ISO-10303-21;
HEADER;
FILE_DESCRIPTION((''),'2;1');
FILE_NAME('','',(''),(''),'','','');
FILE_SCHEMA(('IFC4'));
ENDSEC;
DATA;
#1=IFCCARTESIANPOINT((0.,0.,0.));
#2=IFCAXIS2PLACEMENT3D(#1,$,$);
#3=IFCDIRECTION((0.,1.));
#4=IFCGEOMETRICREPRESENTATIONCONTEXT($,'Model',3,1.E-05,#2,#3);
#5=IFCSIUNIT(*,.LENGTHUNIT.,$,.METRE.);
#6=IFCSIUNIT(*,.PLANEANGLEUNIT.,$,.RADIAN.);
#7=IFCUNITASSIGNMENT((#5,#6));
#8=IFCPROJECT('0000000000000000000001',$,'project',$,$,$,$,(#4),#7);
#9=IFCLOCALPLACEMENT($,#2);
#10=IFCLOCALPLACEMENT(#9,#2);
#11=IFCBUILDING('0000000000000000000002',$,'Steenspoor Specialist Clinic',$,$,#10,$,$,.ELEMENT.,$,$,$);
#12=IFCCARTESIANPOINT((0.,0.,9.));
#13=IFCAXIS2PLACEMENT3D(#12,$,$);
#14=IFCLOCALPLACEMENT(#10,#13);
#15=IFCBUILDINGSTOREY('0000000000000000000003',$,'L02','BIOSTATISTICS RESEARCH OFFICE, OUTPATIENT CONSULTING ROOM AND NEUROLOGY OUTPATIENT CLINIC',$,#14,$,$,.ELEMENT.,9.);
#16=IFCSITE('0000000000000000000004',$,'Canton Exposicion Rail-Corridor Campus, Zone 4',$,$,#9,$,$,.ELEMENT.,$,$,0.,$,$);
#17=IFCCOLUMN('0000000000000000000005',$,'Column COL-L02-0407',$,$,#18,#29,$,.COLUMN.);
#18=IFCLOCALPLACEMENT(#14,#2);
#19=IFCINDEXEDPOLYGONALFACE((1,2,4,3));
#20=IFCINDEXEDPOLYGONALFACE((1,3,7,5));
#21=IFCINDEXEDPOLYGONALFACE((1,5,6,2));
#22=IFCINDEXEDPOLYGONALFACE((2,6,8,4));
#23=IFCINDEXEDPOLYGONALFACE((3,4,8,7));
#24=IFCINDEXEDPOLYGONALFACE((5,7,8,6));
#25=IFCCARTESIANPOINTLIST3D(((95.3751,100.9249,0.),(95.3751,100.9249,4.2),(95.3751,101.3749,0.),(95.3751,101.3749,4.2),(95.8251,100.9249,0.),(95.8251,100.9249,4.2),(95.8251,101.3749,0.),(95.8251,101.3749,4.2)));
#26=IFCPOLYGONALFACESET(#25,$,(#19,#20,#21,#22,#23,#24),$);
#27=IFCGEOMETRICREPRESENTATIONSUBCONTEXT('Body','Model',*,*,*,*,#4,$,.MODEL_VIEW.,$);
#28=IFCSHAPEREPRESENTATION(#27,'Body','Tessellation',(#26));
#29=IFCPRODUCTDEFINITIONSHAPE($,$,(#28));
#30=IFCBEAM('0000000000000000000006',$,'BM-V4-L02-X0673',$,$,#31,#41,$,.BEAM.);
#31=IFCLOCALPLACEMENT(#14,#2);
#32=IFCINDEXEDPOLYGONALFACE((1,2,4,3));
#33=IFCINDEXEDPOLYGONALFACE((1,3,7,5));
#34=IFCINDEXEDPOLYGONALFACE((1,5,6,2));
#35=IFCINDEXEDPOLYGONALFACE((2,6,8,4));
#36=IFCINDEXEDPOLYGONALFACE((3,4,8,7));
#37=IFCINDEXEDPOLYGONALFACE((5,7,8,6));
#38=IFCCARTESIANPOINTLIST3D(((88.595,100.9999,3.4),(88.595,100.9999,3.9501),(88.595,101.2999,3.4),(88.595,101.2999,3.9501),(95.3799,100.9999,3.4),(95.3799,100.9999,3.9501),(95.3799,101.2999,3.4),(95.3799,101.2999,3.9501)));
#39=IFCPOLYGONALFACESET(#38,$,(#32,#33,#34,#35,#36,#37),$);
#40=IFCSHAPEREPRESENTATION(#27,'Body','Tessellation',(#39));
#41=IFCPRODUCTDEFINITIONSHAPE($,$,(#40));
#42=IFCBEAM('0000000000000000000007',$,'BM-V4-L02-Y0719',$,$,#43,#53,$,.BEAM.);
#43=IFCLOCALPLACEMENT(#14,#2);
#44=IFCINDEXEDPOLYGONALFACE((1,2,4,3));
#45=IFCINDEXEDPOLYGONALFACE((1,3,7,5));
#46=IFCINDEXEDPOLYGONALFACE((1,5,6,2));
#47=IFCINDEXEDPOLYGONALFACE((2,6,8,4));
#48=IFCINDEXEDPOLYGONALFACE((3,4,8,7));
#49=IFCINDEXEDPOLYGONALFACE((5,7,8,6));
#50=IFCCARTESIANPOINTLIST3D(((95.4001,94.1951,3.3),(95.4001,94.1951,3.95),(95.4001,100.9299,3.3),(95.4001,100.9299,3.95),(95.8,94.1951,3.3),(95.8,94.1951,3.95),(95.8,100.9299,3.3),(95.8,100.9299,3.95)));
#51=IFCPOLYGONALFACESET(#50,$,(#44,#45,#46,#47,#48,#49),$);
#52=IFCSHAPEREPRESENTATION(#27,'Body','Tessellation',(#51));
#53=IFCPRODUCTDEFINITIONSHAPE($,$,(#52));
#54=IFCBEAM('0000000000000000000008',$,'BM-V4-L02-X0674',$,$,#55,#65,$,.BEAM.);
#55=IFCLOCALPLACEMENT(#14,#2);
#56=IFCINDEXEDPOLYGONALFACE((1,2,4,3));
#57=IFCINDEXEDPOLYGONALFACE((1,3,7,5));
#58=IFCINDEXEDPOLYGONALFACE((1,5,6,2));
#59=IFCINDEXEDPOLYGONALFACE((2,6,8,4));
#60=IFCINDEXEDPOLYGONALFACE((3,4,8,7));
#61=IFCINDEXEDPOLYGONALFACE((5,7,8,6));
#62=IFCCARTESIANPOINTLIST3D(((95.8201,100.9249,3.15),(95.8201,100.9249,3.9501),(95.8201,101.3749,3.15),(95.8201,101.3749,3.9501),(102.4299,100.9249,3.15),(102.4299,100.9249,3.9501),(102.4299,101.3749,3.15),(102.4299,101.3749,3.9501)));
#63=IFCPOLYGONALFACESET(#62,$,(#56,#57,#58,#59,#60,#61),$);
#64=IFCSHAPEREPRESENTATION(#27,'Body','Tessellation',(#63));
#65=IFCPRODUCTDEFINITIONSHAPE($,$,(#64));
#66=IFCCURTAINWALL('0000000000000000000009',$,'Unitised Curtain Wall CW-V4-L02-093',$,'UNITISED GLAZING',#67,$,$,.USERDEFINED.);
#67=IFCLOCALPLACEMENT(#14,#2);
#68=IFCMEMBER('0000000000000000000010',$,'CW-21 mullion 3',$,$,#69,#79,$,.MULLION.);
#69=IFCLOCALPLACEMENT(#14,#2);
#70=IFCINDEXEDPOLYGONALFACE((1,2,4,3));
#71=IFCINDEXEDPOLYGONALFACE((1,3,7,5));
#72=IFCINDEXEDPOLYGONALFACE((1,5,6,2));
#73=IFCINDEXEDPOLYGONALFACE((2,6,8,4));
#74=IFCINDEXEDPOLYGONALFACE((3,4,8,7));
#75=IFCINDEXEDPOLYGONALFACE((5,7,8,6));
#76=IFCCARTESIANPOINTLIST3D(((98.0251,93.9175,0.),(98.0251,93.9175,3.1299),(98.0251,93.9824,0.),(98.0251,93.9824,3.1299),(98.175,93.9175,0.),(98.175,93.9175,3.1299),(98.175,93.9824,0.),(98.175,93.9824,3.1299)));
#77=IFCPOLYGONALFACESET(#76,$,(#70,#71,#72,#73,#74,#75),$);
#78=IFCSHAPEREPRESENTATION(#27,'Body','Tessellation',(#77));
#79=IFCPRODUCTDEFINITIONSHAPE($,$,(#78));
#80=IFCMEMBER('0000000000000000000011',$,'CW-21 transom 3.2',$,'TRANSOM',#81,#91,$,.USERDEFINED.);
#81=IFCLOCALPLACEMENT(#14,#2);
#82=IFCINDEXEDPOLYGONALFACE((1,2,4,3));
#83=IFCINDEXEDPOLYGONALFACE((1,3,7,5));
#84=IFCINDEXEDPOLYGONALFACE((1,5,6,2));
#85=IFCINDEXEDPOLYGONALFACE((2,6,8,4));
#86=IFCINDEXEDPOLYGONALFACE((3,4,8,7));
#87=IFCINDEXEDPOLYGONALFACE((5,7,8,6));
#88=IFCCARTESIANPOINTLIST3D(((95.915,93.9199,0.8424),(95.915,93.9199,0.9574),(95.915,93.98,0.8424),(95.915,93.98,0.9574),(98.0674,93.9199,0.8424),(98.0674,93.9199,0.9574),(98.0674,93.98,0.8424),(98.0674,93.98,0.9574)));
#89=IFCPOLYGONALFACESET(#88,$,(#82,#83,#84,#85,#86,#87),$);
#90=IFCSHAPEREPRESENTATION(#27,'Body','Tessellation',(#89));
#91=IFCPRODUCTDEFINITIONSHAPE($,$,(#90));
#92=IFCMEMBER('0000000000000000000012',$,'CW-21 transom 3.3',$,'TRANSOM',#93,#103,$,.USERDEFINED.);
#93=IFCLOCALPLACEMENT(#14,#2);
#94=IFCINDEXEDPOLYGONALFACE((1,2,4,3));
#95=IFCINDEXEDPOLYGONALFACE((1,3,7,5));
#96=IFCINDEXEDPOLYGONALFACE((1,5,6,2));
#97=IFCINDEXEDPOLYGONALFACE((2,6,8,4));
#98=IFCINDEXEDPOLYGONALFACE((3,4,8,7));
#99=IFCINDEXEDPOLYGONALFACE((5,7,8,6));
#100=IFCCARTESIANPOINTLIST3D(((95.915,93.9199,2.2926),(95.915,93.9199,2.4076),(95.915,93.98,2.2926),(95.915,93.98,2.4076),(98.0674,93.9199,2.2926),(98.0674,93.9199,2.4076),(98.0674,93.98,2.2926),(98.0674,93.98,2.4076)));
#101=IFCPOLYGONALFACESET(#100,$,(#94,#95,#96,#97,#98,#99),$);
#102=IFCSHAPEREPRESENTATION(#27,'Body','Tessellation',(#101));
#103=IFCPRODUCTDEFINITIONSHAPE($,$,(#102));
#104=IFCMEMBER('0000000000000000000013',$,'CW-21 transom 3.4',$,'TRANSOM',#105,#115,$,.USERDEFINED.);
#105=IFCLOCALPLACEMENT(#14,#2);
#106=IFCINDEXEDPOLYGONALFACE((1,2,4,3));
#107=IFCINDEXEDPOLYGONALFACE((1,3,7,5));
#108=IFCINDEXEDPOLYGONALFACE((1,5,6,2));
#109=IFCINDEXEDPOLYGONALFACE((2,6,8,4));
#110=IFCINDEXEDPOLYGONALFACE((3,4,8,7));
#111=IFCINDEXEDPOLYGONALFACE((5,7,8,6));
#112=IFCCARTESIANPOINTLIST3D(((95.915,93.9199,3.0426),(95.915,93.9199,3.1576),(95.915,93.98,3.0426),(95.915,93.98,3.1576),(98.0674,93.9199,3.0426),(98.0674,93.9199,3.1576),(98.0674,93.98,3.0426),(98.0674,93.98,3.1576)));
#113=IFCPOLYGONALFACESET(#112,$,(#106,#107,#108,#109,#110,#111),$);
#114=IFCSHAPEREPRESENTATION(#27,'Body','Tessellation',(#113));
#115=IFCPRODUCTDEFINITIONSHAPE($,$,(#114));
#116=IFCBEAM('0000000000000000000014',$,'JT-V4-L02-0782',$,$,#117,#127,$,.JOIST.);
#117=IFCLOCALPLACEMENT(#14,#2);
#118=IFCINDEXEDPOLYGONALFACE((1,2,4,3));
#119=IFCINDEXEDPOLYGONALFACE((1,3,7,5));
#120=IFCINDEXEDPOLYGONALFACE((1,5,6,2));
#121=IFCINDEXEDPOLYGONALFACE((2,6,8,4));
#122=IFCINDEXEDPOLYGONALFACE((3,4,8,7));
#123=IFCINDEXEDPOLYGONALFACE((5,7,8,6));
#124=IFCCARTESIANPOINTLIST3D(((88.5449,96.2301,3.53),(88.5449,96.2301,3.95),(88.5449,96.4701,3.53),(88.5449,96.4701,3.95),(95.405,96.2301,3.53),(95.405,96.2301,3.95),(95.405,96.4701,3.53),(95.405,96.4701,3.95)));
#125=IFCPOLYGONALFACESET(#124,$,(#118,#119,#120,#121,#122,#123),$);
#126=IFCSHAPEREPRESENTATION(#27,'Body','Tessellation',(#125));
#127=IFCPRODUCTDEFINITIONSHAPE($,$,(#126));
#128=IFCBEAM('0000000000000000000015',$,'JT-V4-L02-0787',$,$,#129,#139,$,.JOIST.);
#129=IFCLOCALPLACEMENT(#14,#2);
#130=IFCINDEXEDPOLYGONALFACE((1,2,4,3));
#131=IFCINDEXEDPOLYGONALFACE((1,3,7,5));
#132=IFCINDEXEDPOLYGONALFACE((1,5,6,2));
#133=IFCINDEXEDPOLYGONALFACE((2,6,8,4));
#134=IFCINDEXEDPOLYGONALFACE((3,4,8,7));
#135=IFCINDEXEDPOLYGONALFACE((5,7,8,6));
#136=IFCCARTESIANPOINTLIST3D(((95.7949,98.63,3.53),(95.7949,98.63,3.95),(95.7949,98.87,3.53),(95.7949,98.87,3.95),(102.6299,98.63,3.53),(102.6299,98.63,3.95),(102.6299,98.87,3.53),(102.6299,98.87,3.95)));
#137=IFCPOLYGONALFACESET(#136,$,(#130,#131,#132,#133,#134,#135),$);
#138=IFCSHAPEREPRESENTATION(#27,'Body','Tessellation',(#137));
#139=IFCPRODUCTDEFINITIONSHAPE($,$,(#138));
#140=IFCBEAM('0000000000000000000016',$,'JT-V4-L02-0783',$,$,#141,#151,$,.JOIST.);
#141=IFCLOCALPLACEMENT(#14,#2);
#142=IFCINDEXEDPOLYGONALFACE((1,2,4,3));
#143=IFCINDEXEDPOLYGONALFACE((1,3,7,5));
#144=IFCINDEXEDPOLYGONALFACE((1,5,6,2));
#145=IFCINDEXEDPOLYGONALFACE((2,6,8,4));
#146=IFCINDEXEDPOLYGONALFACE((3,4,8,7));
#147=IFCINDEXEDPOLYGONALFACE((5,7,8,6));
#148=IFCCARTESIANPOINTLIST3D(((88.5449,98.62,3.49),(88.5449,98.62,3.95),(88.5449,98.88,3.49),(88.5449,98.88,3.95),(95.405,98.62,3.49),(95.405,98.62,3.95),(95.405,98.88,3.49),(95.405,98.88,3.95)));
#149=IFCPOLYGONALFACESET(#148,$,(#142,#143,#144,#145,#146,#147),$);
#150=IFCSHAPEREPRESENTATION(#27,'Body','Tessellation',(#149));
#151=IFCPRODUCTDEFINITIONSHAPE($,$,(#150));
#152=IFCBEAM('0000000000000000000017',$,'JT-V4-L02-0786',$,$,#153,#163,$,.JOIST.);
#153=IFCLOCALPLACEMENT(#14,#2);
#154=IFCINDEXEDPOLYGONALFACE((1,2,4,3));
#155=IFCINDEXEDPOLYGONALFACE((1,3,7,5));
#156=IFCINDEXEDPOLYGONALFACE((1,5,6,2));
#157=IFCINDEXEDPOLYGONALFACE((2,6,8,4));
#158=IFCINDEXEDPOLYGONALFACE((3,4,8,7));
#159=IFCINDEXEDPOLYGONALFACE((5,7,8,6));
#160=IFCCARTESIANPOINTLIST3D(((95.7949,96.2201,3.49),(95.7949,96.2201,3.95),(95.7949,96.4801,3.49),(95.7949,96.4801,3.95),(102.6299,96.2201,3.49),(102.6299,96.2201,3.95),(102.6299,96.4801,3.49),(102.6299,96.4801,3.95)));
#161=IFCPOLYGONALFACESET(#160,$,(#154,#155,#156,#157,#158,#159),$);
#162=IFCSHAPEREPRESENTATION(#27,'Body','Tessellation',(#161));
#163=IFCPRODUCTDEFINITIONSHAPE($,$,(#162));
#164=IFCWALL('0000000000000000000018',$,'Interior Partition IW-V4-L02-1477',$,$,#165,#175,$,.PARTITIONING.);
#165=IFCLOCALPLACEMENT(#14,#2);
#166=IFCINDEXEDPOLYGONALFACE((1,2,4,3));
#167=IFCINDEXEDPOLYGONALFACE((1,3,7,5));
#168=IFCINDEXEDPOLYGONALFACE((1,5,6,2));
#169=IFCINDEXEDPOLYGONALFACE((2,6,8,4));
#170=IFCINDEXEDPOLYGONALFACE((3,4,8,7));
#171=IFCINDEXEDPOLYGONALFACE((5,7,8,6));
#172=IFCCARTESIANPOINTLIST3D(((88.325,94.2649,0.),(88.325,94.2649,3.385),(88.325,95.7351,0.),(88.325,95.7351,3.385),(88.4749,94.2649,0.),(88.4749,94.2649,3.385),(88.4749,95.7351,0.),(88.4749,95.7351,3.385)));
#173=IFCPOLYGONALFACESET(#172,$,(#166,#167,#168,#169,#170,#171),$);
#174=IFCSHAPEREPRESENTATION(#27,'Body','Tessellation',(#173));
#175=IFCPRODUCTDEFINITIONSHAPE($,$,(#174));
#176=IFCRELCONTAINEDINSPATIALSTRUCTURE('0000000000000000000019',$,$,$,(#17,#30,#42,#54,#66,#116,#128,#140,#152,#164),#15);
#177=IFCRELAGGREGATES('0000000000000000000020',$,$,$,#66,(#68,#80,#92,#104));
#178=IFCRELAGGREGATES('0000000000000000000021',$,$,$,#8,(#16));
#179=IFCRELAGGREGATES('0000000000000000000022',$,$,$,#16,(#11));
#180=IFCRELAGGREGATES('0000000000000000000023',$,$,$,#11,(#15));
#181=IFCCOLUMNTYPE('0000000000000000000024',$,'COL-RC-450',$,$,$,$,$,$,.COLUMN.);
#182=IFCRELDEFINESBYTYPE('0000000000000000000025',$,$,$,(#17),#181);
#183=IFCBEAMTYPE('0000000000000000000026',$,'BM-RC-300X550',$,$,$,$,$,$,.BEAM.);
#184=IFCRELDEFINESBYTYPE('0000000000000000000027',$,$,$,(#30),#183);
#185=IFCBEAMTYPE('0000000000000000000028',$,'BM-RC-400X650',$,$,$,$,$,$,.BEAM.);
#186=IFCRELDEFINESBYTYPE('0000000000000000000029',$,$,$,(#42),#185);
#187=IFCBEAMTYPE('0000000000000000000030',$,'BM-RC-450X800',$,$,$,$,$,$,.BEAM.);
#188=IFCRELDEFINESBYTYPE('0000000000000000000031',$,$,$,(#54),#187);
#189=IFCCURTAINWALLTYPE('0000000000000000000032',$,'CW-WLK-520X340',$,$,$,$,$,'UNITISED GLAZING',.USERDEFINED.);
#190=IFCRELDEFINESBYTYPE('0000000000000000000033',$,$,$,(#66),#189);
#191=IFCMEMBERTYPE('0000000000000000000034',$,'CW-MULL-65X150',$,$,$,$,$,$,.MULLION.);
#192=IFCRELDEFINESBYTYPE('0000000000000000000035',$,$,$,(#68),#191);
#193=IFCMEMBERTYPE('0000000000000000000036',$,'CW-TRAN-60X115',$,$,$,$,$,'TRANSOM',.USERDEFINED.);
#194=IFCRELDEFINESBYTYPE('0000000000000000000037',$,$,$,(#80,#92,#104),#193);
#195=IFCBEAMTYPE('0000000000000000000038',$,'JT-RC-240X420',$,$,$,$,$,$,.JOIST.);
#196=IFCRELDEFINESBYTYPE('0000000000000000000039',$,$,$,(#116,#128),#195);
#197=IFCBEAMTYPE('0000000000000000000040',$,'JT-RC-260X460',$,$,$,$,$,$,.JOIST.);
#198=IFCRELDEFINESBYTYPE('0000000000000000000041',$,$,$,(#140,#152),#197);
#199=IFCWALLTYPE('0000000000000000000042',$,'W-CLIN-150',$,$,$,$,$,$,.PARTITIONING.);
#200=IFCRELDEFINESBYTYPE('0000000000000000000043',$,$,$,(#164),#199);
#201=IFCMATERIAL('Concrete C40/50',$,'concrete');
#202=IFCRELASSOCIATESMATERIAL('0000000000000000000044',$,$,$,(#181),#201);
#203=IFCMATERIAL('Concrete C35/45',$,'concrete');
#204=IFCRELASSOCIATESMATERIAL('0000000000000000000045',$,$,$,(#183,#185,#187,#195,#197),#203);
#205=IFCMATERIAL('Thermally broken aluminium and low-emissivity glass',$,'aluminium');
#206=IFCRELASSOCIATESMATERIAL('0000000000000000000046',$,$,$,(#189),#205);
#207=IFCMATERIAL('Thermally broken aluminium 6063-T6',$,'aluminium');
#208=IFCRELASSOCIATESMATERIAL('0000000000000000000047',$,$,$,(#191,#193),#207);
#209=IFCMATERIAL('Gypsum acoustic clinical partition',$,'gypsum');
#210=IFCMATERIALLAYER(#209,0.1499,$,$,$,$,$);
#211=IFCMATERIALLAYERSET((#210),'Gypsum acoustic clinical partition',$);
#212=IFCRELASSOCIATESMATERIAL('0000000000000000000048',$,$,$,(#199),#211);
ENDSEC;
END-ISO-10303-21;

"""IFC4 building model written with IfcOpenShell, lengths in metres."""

from ifc_helpers import new_model, si_unit, direction, frame, frame_2d, origin, origin_2d, place, context, subcontext, project, spatial, rectangle, extrude, material, layer, layer_set, material_profile, profile_set, type_object, element, aggregate, save


model = new_model("IFC4")

# Units and contexts
model_context = context("Model", 3, precision=1e-05, world=origin(), true_north=direction((0.0, 1.0)))
body_context = subcontext(model_context, "Body", "Model", "MODEL_VIEW")
ifc_project = project(units=[si_unit("LENGTHUNIT", "METRE"), si_unit("PLANEANGLEUNIT", "RADIAN")], contexts=[model_context])

# Site, building, storey
site_placement = place(None, origin())
site = spatial("IfcSite", under=ifc_project, at=site_placement, Name="Canton Exposicion Rail-Corridor Campus, Zone 4", CompositionType="ELEMENT", RefElevation=0.0)
building_placement = place(site_placement, origin())
building = spatial("IfcBuilding", under=site, at=building_placement, Name="Steenspoor Specialist Clinic", CompositionType="ELEMENT")
storey_placement = place(building_placement, frame((0.0, 0.0, 9.0)))
storey = spatial("IfcBuildingStorey", under=building, at=storey_placement, Name="L02", Description="BIOSTATISTICS RESEARCH OFFICE, OUTPATIENT CONSULTING ROOM AND NEUROLOGY OUTPATIENT CLINIC", CompositionType="ELEMENT", Elevation=9.0)

# Column
ifc_material_1 = material(Name="Concrete C40/50", Category="concrete")
ifc_material_profile_1 = material_profile(ifc_material_1, rectangle(XDim=0.45, YDim=0.45, at=origin_2d()), Name="RC-COL-450X450")
ifc_profile_set_1 = profile_set([ifc_material_profile_1], Name="Concrete C40/50")
column_type = type_object("IfcColumnType", Name="COL-RC-450", PredefinedType="COLUMN", material=ifc_profile_set_1)
column_placement = place(storey_placement, frame((95.6001, 101.1499, 0.0), z_axis=(0.0, 0.0, 1.0), x_axis=(1.0, 0.0, 0.0)))
element("IfcColumn", 1, at=column_placement, inside=storey, type_object=column_type, Name="Column COL-L02-0407", PredefinedType="COLUMN", context=body_context, shape_type="SweptSolid", body=[
    extrude(rectangle(XDim=0.45, YDim=0.45, at=origin_2d()), origin(), (0.0, 0.0, 1.0), 4.2),
])

# Beams
ifc_material_2 = material(Name="Concrete C35/45", Category="concrete")
ifc_material_profile_2 = material_profile(ifc_material_2, rectangle(XDim=0.3, YDim=0.55, at=origin_2d()), Name="RC-BM-300X550")
ifc_profile_set_2 = profile_set([ifc_material_profile_2], Name="Concrete C35/45")
beam_type_1 = type_object("IfcBeamType", Name="BM-RC-300X550", PredefinedType="BEAM", material=ifc_profile_set_2)
beam_1_placement = place(storey_placement, frame((88.595, 101.1499, 3.675), z_axis=(1.0, 0.0, 0.0), x_axis=(0.0, 1.0, 0.0)))
element("IfcBeam", 2, at=beam_1_placement, inside=storey, type_object=beam_type_1, Name="BM-V4-L02-X0673", PredefinedType="BEAM", context=body_context, shape_type="SweptSolid", body=[
    extrude(rectangle(XDim=0.3, YDim=0.55, at=origin_2d()), origin(), (0.0, 0.0, 1.0), 6.7849),
])
ifc_material_profile_3 = material_profile(ifc_material_2, rectangle(XDim=0.3999, YDim=0.6499, at=origin_2d()), Name="RC-BM-400X650")
ifc_profile_set_3 = profile_set([ifc_material_profile_3], Name="Concrete C35/45")
beam_type_2 = type_object("IfcBeamType", Name="BM-RC-400X650", PredefinedType="BEAM", material=ifc_profile_set_3)
beam_2_placement = place(storey_placement, frame((95.6001, 94.1951, 3.625), z_axis=(0.0, 1.0, 0.0), x_axis=(-1.0, 0.0, 0.0)))
element("IfcBeam", 3, at=beam_2_placement, inside=storey, type_object=beam_type_2, Name="BM-V4-L02-Y0719", PredefinedType="BEAM", context=body_context, shape_type="SweptSolid", body=[
    extrude(rectangle(XDim=0.3999, YDim=0.6499, at=origin_2d()), origin(), (0.0, 0.0, 1.0), 6.7349),
])
ifc_material_profile_4 = material_profile(ifc_material_2, rectangle(XDim=0.45, YDim=0.8, at=origin_2d()), Name="RC-BM-450X800")
ifc_profile_set_4 = profile_set([ifc_material_profile_4], Name="Concrete C35/45")
beam_type_3 = type_object("IfcBeamType", Name="BM-RC-450X800", PredefinedType="BEAM", material=ifc_profile_set_4)
beam_3_placement = place(storey_placement, frame((95.8201, 101.1499, 3.55), z_axis=(1.0, 0.0, 0.0), x_axis=(0.0, 1.0, 0.0)))
element("IfcBeam", 4, at=beam_3_placement, inside=storey, type_object=beam_type_3, Name="BM-V4-L02-X0674", PredefinedType="BEAM", context=body_context, shape_type="SweptSolid", body=[
    extrude(rectangle(XDim=0.45, YDim=0.8, at=origin_2d()), origin(), (0.0, 0.0, 1.0), 6.6099),
])

# Curtain wall, members
ifc_material_3 = material(Name="Thermally broken aluminium and low-emissivity glass", Category="aluminium")
curtain_wall_type = type_object("IfcCurtainWallType", Name="CW-WLK-520X340", ElementType="UNITISED GLAZING", PredefinedType="USERDEFINED", material=ifc_material_3)
curtain_wall_placement = place(storey_placement, origin())
curtain_wall = element("IfcCurtainWall", 5, at=curtain_wall_placement, inside=storey, type_object=curtain_wall_type, Name="Unitised Curtain Wall CW-V4-L02-093", ObjectType="UNITISED GLAZING", PredefinedType="USERDEFINED")
ifc_material_4 = material(Name="Thermally broken aluminium 6063-T6", Category="aluminium")
ifc_material_profile_5 = material_profile(ifc_material_4, rectangle(XDim=0.0649, YDim=0.1499, at=origin_2d()), Name="CWM-65X150")
ifc_profile_set_5 = profile_set([ifc_material_profile_5], Name="Thermally broken aluminium 6063-T6")
member_type_1 = type_object("IfcMemberType", Name="CW-MULL-65X150", PredefinedType="MULLION", material=ifc_profile_set_5)
member_1_placement = place(storey_placement, frame((98.1001, 93.95, 0.0), z_axis=(0.0, 0.0, 1.0), x_axis=(0.0, -1.0, 0.0)))
member_1 = element("IfcMember", 6, at=member_1_placement, type_object=member_type_1, Name="CW-21 mullion 3", PredefinedType="MULLION", context=body_context, shape_type="SweptSolid", body=[
    extrude(rectangle(XDim=0.0649, YDim=0.1499, at=origin_2d()), origin(), (0.0, 0.0, 1.0), 3.1299),
])
ifc_material_profile_6 = material_profile(ifc_material_4, rectangle(XDim=0.0601, YDim=0.115, at=origin_2d()), Name="CWT-60X115")
ifc_profile_set_6 = profile_set([ifc_material_profile_6], Name="Thermally broken aluminium 6063-T6")
member_type_2 = type_object("IfcMemberType", Name="CW-TRAN-60X115", ElementType="TRANSOM", PredefinedType="USERDEFINED", material=ifc_profile_set_6)
member_2_placement = place(storey_placement, frame((98.0674, 93.95, 0.8999), z_axis=(-1.0, 0.0, 0.0), x_axis=(0.0, -1.0, 0.0)))
member_2 = element("IfcMember", 7, at=member_2_placement, type_object=member_type_2, Name="CW-21 transom 3.2", ObjectType="TRANSOM", PredefinedType="USERDEFINED", context=body_context, shape_type="SweptSolid", body=[
    extrude(rectangle(XDim=0.0601, YDim=0.115, at=origin_2d()), origin(), (0.0, 0.0, 1.0), 2.1523),
])
member_3_placement = place(storey_placement, frame((98.0674, 93.95, 2.3501), z_axis=(-1.0, 0.0, 0.0), x_axis=(0.0, -1.0, 0.0)))
member_3 = element("IfcMember", 8, at=member_3_placement, type_object=member_type_2, Name="CW-21 transom 3.3", ObjectType="TRANSOM", PredefinedType="USERDEFINED", context=body_context, shape_type="SweptSolid", body=[
    extrude(rectangle(XDim=0.0601, YDim=0.115, at=origin_2d()), origin(), (0.0, 0.0, 1.0), 2.1523),
])
member_4_placement = place(storey_placement, frame((98.0674, 93.95, 3.1001), z_axis=(-1.0, 0.0, 0.0), x_axis=(0.0, -1.0, 0.0)))
member_4 = element("IfcMember", 9, at=member_4_placement, type_object=member_type_2, Name="CW-21 transom 3.4", ObjectType="TRANSOM", PredefinedType="USERDEFINED", context=body_context, shape_type="SweptSolid", body=[
    extrude(rectangle(XDim=0.0601, YDim=0.115, at=origin_2d()), origin(), (0.0, 0.0, 1.0), 2.1523),
])
aggregate(curtain_wall, [member_1, member_2, member_3, member_4])

# Beams
ifc_material_profile_7 = material_profile(ifc_material_2, rectangle(XDim=0.24, YDim=0.4199, at=origin_2d()), Name="RC-JT-240X420")
ifc_profile_set_7 = profile_set([ifc_material_profile_7], Name="Concrete C35/45")
beam_type_4 = type_object("IfcBeamType", Name="JT-RC-240X420", PredefinedType="JOIST", material=ifc_profile_set_7)
beam_4_placement = place(storey_placement, frame((88.5449, 96.3501, 3.74), z_axis=(1.0, 0.0, 0.0), x_axis=(0.0, 1.0, 0.0)))
element("IfcBeam", 10, at=beam_4_placement, inside=storey, type_object=beam_type_4, Name="JT-V4-L02-0782", PredefinedType="JOIST", context=body_context, shape_type="SweptSolid", body=[
    extrude(rectangle(XDim=0.24, YDim=0.4199, at=origin_2d()), origin(), (0.0, 0.0, 1.0), 6.8601),
])
beam_5_placement = place(storey_placement, frame((95.7949, 98.75, 3.74), z_axis=(1.0, 0.0, 0.0), x_axis=(0.0, 1.0, 0.0)))
element("IfcBeam", 11, at=beam_5_placement, inside=storey, type_object=beam_type_4, Name="JT-V4-L02-0787", PredefinedType="JOIST", context=body_context, shape_type="SweptSolid", body=[
    extrude(rectangle(XDim=0.24, YDim=0.4199, at=origin_2d()), origin(), (0.0, 0.0, 1.0), 6.835),
])
ifc_material_profile_8 = material_profile(ifc_material_2, rectangle(XDim=0.26, YDim=0.46, at=origin_2d()), Name="RC-JT-260X460")
ifc_profile_set_8 = profile_set([ifc_material_profile_8], Name="Concrete C35/45")
beam_type_5 = type_object("IfcBeamType", Name="JT-RC-260X460", PredefinedType="JOIST", material=ifc_profile_set_8)
beam_6_placement = place(storey_placement, frame((88.5449, 98.75, 3.72), z_axis=(1.0, 0.0, 0.0), x_axis=(0.0, 1.0, 0.0)))
element("IfcBeam", 12, at=beam_6_placement, inside=storey, type_object=beam_type_5, Name="JT-V4-L02-0783", PredefinedType="JOIST", context=body_context, shape_type="SweptSolid", body=[
    extrude(rectangle(XDim=0.26, YDim=0.46, at=origin_2d()), origin(), (0.0, 0.0, 1.0), 6.8601),
])
beam_7_placement = place(storey_placement, frame((95.7949, 96.3501, 3.72), z_axis=(1.0, 0.0, 0.0), x_axis=(0.0, 1.0, 0.0)))
element("IfcBeam", 13, at=beam_7_placement, inside=storey, type_object=beam_type_5, Name="JT-V4-L02-0786", PredefinedType="JOIST", context=body_context, shape_type="SweptSolid", body=[
    extrude(rectangle(XDim=0.26, YDim=0.46, at=origin_2d()), origin(), (0.0, 0.0, 1.0), 6.835),
])

# Wall
ifc_material_5 = material(Name="Gypsum acoustic clinical partition", Category="gypsum")
ifc_layer_1 = layer(ifc_material_5, 0.1499)
ifc_layer_set_1 = layer_set([ifc_layer_1], Name="Gypsum acoustic clinical partition")
wall_type_1 = type_object("IfcWallType", Name="W-CLIN-150", PredefinedType="PARTITIONING", material=ifc_layer_set_1)
wall_1_placement = place(storey_placement, frame((88.3999, 94.2649, 0.0), z_axis=(0.0, 0.0, 1.0), x_axis=(0.0, 1.0, 0.0)))
element("IfcWall", 14, at=wall_1_placement, inside=storey, type_object=wall_type_1, Name="Interior Partition IW-V4-L02-1477", PredefinedType="PARTITIONING", context=body_context, shape_type="SweptSolid", body=[
    extrude(rectangle(XDim=1.4702, YDim=0.1499, at=frame_2d((0.7351, 0.0))), origin(), (0.0, 0.0, 1.0), 3.385),
])

save(model, "model.ifc")
